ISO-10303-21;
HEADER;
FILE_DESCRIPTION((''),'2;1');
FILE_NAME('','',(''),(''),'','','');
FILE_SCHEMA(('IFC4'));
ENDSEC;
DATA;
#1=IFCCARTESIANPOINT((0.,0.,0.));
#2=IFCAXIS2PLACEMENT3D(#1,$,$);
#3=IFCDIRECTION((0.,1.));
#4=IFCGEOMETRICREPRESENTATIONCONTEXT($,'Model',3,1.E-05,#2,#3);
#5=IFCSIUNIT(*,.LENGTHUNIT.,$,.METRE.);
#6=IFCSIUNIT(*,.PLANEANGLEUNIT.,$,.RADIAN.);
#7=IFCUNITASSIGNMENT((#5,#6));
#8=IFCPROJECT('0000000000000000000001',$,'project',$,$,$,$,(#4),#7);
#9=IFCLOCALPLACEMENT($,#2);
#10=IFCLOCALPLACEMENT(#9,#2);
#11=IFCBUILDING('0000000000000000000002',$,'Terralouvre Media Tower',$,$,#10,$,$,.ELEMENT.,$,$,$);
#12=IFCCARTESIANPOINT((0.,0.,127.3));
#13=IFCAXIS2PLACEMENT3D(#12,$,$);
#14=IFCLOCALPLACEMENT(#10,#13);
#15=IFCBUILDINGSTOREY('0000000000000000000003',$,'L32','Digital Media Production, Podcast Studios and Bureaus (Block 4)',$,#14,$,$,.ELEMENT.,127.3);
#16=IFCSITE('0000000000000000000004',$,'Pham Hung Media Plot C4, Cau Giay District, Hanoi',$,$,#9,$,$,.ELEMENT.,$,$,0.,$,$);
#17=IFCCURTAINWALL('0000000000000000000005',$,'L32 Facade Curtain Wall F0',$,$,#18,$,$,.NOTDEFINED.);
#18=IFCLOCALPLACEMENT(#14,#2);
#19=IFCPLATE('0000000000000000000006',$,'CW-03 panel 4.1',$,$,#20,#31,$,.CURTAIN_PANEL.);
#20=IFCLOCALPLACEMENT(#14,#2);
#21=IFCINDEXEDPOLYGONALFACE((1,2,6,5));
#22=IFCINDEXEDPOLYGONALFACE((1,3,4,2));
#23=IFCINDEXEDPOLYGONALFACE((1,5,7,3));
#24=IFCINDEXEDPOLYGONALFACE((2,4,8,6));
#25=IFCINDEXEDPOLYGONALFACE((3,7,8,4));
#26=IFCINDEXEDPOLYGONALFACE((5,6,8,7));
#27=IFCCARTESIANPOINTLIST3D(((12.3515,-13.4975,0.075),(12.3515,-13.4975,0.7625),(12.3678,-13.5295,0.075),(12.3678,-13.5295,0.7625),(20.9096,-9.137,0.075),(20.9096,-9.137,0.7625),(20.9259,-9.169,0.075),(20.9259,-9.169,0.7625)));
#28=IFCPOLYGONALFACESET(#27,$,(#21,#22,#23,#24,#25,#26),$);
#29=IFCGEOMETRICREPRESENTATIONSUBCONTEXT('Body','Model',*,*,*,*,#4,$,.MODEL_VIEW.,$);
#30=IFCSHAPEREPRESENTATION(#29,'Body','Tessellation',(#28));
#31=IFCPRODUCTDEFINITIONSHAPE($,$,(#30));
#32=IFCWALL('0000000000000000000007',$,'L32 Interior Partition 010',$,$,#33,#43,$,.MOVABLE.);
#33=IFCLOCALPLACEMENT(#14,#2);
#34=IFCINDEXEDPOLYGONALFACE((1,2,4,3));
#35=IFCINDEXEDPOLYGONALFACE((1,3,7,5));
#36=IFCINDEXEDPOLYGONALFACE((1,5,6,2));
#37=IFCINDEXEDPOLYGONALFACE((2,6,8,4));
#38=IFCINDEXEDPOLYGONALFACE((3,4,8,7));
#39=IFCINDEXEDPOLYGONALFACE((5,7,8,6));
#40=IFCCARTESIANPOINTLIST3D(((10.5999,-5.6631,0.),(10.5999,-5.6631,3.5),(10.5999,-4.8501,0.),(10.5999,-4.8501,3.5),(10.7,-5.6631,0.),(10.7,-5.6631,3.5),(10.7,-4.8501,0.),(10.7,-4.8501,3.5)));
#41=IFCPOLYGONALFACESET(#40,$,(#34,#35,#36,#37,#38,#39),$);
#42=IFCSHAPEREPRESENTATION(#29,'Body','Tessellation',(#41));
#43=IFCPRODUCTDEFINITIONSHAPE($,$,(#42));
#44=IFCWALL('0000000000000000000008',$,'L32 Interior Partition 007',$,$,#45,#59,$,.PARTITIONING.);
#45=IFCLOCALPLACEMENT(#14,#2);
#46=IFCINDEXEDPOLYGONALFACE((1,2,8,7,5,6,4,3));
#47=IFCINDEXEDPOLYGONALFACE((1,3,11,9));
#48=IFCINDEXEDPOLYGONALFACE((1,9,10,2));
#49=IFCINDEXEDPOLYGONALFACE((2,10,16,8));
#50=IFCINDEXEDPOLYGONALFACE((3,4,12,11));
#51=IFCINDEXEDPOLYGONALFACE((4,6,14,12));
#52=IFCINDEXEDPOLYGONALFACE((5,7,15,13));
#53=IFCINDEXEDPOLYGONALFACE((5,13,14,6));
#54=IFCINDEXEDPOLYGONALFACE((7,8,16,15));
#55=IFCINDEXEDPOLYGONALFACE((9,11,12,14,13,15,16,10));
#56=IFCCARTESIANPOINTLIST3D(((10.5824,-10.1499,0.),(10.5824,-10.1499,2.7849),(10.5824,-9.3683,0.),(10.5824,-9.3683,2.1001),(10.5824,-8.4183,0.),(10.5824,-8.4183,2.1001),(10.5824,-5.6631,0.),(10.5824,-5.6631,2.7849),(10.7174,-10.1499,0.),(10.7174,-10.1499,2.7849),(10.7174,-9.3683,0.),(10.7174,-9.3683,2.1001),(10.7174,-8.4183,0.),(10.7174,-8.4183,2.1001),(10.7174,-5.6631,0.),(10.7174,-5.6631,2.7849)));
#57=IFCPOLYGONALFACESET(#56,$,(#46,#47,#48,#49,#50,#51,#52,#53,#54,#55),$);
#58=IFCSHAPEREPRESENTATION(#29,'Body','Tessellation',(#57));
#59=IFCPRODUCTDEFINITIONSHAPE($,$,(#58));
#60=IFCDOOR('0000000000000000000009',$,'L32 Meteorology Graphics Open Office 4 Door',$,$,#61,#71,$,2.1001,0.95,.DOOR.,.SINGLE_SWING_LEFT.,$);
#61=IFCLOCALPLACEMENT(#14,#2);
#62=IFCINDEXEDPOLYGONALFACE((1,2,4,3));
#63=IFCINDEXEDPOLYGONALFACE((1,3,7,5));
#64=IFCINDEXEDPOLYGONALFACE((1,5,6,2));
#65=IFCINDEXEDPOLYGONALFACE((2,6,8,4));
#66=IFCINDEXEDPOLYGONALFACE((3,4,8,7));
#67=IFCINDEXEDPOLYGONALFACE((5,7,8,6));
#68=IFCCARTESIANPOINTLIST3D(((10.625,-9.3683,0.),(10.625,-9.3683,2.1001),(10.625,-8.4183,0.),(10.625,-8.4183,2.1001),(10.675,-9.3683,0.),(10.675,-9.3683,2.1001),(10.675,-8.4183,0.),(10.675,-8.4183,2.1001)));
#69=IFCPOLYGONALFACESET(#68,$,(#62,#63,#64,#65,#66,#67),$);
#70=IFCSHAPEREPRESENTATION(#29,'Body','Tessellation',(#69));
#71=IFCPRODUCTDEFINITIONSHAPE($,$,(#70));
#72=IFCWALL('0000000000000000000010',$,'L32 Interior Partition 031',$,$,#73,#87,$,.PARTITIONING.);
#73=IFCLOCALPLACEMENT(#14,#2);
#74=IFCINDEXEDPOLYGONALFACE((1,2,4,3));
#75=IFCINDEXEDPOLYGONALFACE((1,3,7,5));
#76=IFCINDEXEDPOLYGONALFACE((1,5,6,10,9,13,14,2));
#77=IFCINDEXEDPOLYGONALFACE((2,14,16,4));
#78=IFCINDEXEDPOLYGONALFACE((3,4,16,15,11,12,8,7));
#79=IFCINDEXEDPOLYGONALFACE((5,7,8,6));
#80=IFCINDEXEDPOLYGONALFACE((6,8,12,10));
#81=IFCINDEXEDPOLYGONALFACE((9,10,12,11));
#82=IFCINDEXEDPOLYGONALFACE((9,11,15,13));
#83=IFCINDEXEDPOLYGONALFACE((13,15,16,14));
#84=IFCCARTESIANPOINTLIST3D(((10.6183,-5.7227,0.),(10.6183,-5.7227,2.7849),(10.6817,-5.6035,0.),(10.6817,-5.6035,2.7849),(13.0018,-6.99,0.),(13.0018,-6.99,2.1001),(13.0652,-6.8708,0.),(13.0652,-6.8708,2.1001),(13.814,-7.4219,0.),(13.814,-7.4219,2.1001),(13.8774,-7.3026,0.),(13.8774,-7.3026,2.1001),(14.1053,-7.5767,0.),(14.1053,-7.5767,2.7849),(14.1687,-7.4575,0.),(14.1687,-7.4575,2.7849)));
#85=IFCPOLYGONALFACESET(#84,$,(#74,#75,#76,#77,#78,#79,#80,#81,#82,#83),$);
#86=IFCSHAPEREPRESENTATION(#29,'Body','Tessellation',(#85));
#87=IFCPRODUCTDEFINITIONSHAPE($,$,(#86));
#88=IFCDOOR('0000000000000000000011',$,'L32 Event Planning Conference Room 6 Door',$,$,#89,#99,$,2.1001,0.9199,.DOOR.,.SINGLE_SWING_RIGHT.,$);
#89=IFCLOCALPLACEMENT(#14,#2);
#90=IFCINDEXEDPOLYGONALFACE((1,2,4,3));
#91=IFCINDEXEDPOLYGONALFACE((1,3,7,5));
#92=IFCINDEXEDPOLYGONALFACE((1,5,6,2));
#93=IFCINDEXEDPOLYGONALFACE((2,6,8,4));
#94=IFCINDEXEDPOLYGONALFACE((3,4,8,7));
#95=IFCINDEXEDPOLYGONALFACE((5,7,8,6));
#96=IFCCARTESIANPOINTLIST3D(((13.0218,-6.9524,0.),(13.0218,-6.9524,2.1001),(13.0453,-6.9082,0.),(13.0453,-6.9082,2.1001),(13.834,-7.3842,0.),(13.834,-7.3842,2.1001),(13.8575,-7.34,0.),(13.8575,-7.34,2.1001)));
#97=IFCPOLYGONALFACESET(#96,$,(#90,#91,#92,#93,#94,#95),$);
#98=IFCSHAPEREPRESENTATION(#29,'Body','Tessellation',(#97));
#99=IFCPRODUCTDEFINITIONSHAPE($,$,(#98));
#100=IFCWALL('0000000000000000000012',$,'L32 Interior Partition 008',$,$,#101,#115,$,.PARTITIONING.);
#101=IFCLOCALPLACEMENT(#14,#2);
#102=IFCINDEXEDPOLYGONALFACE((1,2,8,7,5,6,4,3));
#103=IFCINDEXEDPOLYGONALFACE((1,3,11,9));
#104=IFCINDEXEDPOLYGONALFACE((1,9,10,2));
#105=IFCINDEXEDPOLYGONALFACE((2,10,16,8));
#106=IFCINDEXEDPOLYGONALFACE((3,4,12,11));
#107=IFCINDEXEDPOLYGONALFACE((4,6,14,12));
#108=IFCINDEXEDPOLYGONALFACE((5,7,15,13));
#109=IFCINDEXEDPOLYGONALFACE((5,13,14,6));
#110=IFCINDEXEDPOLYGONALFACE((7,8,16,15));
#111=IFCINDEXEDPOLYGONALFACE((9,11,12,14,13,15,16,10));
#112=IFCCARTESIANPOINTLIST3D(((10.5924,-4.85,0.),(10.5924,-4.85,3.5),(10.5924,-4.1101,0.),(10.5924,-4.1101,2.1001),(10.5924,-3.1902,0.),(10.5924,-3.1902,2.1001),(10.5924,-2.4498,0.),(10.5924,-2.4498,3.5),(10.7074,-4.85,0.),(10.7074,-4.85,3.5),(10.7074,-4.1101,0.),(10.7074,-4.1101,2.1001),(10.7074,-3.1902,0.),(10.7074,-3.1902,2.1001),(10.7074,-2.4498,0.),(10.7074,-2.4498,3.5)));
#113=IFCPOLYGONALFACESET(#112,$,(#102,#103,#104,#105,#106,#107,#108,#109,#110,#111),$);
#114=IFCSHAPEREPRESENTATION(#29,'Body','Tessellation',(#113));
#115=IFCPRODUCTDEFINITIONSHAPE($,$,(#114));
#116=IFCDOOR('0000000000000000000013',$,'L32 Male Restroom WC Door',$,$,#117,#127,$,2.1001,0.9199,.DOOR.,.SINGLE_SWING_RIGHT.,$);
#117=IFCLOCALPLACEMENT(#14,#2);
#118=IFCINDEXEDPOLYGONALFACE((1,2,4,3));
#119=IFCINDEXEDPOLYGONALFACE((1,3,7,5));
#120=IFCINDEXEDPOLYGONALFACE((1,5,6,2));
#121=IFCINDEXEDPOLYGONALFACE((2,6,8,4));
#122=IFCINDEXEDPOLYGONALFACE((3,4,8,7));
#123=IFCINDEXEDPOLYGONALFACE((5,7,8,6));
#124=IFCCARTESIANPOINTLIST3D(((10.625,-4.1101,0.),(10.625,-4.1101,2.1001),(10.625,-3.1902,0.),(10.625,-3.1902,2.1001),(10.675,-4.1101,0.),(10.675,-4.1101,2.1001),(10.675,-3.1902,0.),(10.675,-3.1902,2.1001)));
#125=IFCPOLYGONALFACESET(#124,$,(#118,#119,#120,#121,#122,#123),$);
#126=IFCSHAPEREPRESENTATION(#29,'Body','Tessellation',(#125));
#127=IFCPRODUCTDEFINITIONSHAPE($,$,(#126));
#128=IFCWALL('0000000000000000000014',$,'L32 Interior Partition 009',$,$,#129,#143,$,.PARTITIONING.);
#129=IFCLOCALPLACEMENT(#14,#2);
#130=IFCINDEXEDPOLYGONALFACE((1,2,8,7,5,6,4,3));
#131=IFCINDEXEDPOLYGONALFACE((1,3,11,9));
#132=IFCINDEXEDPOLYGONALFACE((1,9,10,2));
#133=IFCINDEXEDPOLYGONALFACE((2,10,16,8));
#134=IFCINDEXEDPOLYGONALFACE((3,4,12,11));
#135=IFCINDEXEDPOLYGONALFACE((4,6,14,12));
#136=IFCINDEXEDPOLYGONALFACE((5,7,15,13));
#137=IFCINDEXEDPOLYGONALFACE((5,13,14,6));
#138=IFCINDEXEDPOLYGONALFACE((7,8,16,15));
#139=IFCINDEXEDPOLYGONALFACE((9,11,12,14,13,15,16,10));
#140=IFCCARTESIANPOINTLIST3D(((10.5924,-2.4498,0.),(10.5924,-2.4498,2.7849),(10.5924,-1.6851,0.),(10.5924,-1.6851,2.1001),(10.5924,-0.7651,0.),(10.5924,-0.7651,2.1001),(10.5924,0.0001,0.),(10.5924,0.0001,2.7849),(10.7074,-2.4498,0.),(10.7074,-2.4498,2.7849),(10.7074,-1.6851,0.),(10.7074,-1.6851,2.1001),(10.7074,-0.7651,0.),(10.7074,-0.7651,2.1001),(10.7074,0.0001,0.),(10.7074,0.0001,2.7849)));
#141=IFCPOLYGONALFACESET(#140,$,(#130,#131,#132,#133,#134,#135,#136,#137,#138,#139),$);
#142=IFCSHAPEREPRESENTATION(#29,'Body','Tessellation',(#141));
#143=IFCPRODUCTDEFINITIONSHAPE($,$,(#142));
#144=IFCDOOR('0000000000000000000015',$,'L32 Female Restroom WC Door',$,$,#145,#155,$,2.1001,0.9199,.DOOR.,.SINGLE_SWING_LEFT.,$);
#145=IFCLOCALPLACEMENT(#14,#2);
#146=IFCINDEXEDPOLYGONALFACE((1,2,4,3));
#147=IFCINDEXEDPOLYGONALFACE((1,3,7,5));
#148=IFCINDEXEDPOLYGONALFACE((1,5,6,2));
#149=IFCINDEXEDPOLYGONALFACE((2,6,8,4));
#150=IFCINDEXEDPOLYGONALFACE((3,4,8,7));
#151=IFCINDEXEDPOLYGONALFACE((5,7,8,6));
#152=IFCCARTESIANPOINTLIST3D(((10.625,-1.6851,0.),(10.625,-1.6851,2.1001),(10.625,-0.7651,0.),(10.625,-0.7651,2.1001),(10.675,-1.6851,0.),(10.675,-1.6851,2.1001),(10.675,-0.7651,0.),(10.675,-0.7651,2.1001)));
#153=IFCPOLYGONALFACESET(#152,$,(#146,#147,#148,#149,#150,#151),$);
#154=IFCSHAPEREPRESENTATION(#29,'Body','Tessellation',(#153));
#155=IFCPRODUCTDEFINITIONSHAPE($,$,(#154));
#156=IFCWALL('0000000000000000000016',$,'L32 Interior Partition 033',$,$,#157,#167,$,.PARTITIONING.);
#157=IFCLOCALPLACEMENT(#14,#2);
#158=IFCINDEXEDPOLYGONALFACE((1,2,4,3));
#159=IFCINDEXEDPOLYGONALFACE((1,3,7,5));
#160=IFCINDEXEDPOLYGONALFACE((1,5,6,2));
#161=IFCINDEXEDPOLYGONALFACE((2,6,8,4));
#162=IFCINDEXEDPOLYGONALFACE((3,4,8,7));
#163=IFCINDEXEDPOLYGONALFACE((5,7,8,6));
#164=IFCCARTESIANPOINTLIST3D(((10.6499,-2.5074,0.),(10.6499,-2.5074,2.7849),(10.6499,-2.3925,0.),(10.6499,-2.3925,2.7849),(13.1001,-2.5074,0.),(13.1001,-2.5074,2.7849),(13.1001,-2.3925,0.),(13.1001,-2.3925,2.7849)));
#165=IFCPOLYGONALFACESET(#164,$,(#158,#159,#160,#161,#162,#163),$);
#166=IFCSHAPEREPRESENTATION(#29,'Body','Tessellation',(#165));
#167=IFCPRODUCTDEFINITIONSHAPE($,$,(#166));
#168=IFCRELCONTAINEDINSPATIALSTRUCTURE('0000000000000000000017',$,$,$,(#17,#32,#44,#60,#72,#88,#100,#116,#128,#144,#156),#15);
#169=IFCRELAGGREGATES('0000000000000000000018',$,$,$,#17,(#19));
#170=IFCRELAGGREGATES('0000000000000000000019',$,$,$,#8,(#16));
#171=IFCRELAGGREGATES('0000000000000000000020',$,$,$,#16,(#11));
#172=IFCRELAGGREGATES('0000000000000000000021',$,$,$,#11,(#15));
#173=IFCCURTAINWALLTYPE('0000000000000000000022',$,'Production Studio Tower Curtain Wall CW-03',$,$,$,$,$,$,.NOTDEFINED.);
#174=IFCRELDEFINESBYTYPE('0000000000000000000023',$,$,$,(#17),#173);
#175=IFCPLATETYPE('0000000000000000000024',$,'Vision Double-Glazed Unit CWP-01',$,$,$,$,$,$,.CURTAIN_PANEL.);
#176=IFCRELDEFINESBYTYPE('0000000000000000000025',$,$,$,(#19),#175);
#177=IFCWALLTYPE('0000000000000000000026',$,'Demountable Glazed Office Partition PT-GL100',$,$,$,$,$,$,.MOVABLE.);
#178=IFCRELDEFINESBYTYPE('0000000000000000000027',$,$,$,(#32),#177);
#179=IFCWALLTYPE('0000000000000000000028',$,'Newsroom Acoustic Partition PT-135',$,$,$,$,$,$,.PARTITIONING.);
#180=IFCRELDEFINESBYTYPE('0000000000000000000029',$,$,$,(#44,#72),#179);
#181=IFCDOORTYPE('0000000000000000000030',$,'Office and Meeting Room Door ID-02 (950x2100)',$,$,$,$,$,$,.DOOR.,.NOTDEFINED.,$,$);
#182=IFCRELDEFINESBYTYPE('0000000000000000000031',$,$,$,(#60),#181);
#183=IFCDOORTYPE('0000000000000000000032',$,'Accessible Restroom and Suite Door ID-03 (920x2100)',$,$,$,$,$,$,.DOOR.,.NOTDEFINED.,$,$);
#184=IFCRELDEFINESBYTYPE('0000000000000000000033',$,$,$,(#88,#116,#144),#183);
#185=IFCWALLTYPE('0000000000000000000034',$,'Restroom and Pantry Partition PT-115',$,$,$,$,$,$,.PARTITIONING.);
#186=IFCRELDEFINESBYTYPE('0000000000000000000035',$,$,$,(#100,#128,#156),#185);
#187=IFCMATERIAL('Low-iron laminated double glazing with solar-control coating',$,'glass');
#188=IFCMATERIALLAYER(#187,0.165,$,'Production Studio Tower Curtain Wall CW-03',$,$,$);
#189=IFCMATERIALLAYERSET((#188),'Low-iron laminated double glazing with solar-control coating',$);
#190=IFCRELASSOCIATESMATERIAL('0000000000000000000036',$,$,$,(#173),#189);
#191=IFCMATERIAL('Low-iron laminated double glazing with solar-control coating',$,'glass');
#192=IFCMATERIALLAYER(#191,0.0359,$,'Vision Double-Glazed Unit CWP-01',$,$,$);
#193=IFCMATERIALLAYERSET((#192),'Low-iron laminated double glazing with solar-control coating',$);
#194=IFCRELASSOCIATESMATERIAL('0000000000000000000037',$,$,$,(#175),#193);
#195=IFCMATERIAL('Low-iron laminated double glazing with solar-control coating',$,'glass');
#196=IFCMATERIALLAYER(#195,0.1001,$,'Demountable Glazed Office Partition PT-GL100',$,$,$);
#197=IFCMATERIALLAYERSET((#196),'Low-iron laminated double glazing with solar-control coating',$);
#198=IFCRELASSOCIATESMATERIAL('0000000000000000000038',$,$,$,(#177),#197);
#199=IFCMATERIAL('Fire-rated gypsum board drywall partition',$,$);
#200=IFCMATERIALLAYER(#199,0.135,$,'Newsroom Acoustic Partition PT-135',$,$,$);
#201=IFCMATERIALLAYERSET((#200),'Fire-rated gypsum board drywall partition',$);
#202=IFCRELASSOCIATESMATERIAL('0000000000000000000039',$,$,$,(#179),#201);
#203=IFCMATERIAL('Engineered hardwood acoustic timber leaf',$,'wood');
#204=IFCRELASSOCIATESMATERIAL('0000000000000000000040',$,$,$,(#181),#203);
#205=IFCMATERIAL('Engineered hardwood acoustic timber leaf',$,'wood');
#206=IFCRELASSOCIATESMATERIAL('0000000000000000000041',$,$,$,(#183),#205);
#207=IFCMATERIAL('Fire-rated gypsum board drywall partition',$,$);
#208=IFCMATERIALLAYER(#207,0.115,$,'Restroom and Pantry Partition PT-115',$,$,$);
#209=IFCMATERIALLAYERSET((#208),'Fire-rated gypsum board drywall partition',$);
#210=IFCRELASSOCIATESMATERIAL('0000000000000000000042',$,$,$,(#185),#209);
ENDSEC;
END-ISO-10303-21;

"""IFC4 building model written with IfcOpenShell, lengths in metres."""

from ifc_helpers import new_model, si_unit, direction, frame, frame_2d, origin, origin_2d, place, context, subcontext, project, spatial, rectangle, extrude, material, layer, layer_set, type_object, element, fill, aggregate, save


model = new_model("IFC4")

# Units and contexts
model_context = context("Model", 3, precision=1e-05, world=origin(), true_north=direction((0.0, 1.0)))
body_context = subcontext(model_context, "Body", "Model", "MODEL_VIEW")
ifc_project = project(units=[si_unit("LENGTHUNIT", "METRE"), si_unit("PLANEANGLEUNIT", "RADIAN")], contexts=[model_context])

# Site, building, storey
site_placement = place(None, origin())
site = spatial("IfcSite", under=ifc_project, at=site_placement, Name="Pham Hung Media Plot C4, Cau Giay District, Hanoi", CompositionType="ELEMENT", RefElevation=0.0)
building_placement = place(site_placement, origin())
building = spatial("IfcBuilding", under=site, at=building_placement, Name="Terralouvre Media Tower", CompositionType="ELEMENT")
storey_placement = place(building_placement, frame((0.0, 0.0, 127.3)))
storey = spatial("IfcBuildingStorey", under=building, at=storey_placement, Name="L32", Description="Digital Media Production, Podcast Studios and Bureaus (Block 4)", CompositionType="ELEMENT", Elevation=127.3)

# Curtain wall
ifc_material_1 = material(Name="Low-iron laminated double glazing with solar-control coating", Category="glass")
ifc_layer_1 = layer(ifc_material_1, 0.165, Name="Production Studio Tower Curtain Wall CW-03")
ifc_layer_set_1 = layer_set([ifc_layer_1], Name="Low-iron laminated double glazing with solar-control coating")
curtain_wall_type = type_object("IfcCurtainWallType", Name="Production Studio Tower Curtain Wall CW-03", PredefinedType="NOTDEFINED", material=ifc_layer_set_1)
curtain_wall_placement = place(storey_placement, origin())
curtain_wall = element("IfcCurtainWall", 1, at=curtain_wall_placement, inside=storey, type_object=curtain_wall_type, Name="L32 Facade Curtain Wall F0", PredefinedType="NOTDEFINED")

# Plate
ifc_material_2 = material(Name="Low-iron laminated double glazing with solar-control coating", Category="glass")
ifc_layer_2 = layer(ifc_material_2, 0.0359, Name="Vision Double-Glazed Unit CWP-01")
ifc_layer_set_2 = layer_set([ifc_layer_2], Name="Low-iron laminated double glazing with solar-control coating")
plate_type = type_object("IfcPlateType", Name="Vision Double-Glazed Unit CWP-01", PredefinedType="CURTAIN_PANEL", material=ifc_layer_set_2)
plate_placement = place(storey_placement, frame((16.6387, -11.3333, 0.075), z_axis=(0.0, 0.0, 1.0), x_axis=(0.891007, 0.453991, 0.0)))
plate = element("IfcPlate", 2, at=plate_placement, type_object=plate_type, Name="CW-03 panel 4.1", PredefinedType="CURTAIN_PANEL", context=body_context, shape_type="SweptSolid", body=[
    extrude(rectangle(XDim=9.605, YDim=0.0359, at=origin_2d()), origin(), (0.0, 0.0, 1.0), 0.6875),
])
aggregate(curtain_wall, [plate])

# Wall
ifc_material_3 = material(Name="Low-iron laminated double glazing with solar-control coating", Category="glass")
ifc_layer_3 = layer(ifc_material_3, 0.1001, Name="Demountable Glazed Office Partition PT-GL100")
ifc_layer_set_3 = layer_set([ifc_layer_3], Name="Low-iron laminated double glazing with solar-control coating")
wall_type_1 = type_object("IfcWallType", Name="Demountable Glazed Office Partition PT-GL100", PredefinedType="MOVABLE", material=ifc_layer_set_3)
wall_1_placement = place(storey_placement, frame((10.6499, -5.6631, 0.0), z_axis=(0.0, 0.0, 1.0), x_axis=(0.0, 1.0, 0.0)))
element("IfcWall", 3, at=wall_1_placement, inside=storey, type_object=wall_type_1, Name="L32 Interior Partition 010", PredefinedType="MOVABLE", context=body_context, shape_type="SweptSolid", body=[
    extrude(rectangle(XDim=0.813, YDim=0.1001, at=frame_2d((0.4065, 0.0))), origin(), (0.0, 0.0, 1.0), 3.5),
])

# Walls, openings, doors
ifc_material_4 = material(Name="Fire-rated gypsum board drywall partition")
ifc_layer_4 = layer(ifc_material_4, 0.135, Name="Newsroom Acoustic Partition PT-135")
ifc_layer_set_4 = layer_set([ifc_layer_4], Name="Fire-rated gypsum board drywall partition")
wall_type_2 = type_object("IfcWallType", Name="Newsroom Acoustic Partition PT-135", PredefinedType="PARTITIONING", material=ifc_layer_set_4)
wall_2_placement = place(storey_placement, frame((10.6499, -10.1499, 0.0), z_axis=(0.0, 0.0, 1.0), x_axis=(0.0, 1.0, 0.0)))
wall_2 = element("IfcWall", 4, at=wall_2_placement, inside=storey, type_object=wall_type_2, Name="L32 Interior Partition 007", PredefinedType="PARTITIONING", context=body_context, shape_type="SweptSolid", body=[
    extrude(rectangle(XDim=4.4868, YDim=0.135, at=frame_2d((2.2434, 0.0))), origin(), (0.0, 0.0, 1.0), 2.7849),
])
opening_1_placement = place(wall_2_placement, frame((0.7815, 0.0, 0.0)))
opening_1 = element("IfcOpeningElement", 5, at=opening_1_placement, cuts=wall_2, PredefinedType="OPENING", context=body_context, shape_type="SweptSolid", body=[
    extrude(rectangle(XDim=0.95, YDim=2.1001, at=frame_2d((0.4751, 1.05))), frame((0.0, 0.0774, 0.0), z_axis=(0.0, -1.0, 0.0), x_axis=(1.0, 0.0, 0.0)), (0.0, 0.0, 1.0), 0.155),
])
ifc_material_5 = material(Name="Engineered hardwood acoustic timber leaf", Category="wood")
door_type_1 = type_object("IfcDoorType", Name="Office and Meeting Room Door ID-02 (950x2100)", OperationType="NOTDEFINED", PredefinedType="DOOR", material=ifc_material_5)
door_1_placement = place(opening_1_placement, origin())
door_1 = element("IfcDoor", 6, at=door_1_placement, inside=storey, type_object=door_type_1, Name="L32 Meteorology Graphics Open Office 4 Door", OperationType="SINGLE_SWING_LEFT", OverallHeight=2.1001, OverallWidth=0.95, PredefinedType="DOOR", context=body_context, shape_type="SweptSolid", body=[
    extrude(rectangle(XDim=0.95, YDim=2.1001, at=frame_2d((0.4751, 1.05))), frame((0.0, 0.0249, 0.0), z_axis=(0.0, -1.0, 0.0), x_axis=(1.0, 0.0, 0.0)), (0.0, 0.0, 1.0), 0.05),
])
fill(opening_1, door_1)
wall_3_placement = place(storey_placement, frame((14.137, -7.5171, 0.0), z_axis=(0.0, 0.0, 1.0), x_axis=(-0.882958, 0.469452, 0.0)))
wall_3 = element("IfcWall", 7, at=wall_3_placement, inside=storey, type_object=wall_type_2, Name="L32 Interior Partition 031", PredefinedType="PARTITIONING", context=body_context, shape_type="SweptSolid", body=[
    extrude(rectangle(XDim=3.9492, YDim=0.135, at=frame_2d((1.9746, 0.0))), origin(), (0.0, 0.0, 1.0), 2.7849),
])
opening_2_placement = place(wall_3_placement, frame((0.3298, 0.0, 0.0)))
opening_2 = element("IfcOpeningElement", 8, at=opening_2_placement, cuts=wall_3, PredefinedType="OPENING", context=body_context, shape_type="SweptSolid", body=[
    extrude(rectangle(XDim=0.9199, YDim=2.1001, at=frame_2d((0.46, 1.05))), frame((0.0, 0.0774, 0.0), z_axis=(0.0, -1.0, 0.0), x_axis=(1.0, 0.0, 0.0)), (0.0, 0.0, 1.0), 0.155),
])
ifc_material_6 = material(Name="Engineered hardwood acoustic timber leaf", Category="wood")
door_type_2 = type_object("IfcDoorType", Name="Accessible Restroom and Suite Door ID-03 (920x2100)", OperationType="NOTDEFINED", PredefinedType="DOOR", material=ifc_material_6)
door_2_placement = place(opening_2_placement, origin())
door_2 = element("IfcDoor", 9, at=door_2_placement, inside=storey, type_object=door_type_2, Name="L32 Event Planning Conference Room 6 Door", OperationType="SINGLE_SWING_RIGHT", OverallHeight=2.1001, OverallWidth=0.9199, PredefinedType="DOOR", context=body_context, shape_type="SweptSolid", body=[
    extrude(rectangle(XDim=0.9199, YDim=2.1001, at=frame_2d((0.46, 1.05))), frame((0.0, 0.0249, 0.0), z_axis=(0.0, -1.0, 0.0), x_axis=(1.0, 0.0, 0.0)), (0.0, 0.0, 1.0), 0.05),
])
fill(opening_2, door_2)
ifc_material_7 = material(Name="Fire-rated gypsum board drywall partition")
ifc_layer_5 = layer(ifc_material_7, 0.115, Name="Restroom and Pantry Partition PT-115")
ifc_layer_set_5 = layer_set([ifc_layer_5], Name="Fire-rated gypsum board drywall partition")
wall_type_3 = type_object("IfcWallType", Name="Restroom and Pantry Partition PT-115", PredefinedType="PARTITIONING", material=ifc_layer_set_5)
wall_4_placement = place(storey_placement, frame((10.6499, -4.8501, 0.0), z_axis=(0.0, 0.0, 1.0), x_axis=(0.0, 1.0, 0.0)))
wall_4 = element("IfcWall", 10, at=wall_4_placement, inside=storey, type_object=wall_type_3, Name="L32 Interior Partition 008", PredefinedType="PARTITIONING", context=body_context, shape_type="SweptSolid", body=[
    extrude(rectangle(XDim=2.4001, YDim=0.115, at=frame_2d((1.2002, 0.0))), origin(), (0.0, 0.0, 1.0), 3.5),
])
opening_3_placement = place(wall_4_placement, frame((0.74, 0.0, 0.0)))
opening_3 = element("IfcOpeningElement", 11, at=opening_3_placement, cuts=wall_4, PredefinedType="OPENING", context=body_context, shape_type="SweptSolid", body=[
    extrude(rectangle(XDim=0.9199, YDim=2.1001, at=frame_2d((0.46, 1.05))), frame((0.0, 0.0674, 0.0), z_axis=(0.0, -1.0, 0.0), x_axis=(1.0, 0.0, 0.0)), (0.0, 0.0, 1.0), 0.135),
])
door_3_placement = place(opening_3_placement, origin())
door_3 = element("IfcDoor", 12, at=door_3_placement, inside=storey, type_object=door_type_2, Name="L32 Male Restroom WC Door", OperationType="SINGLE_SWING_RIGHT", OverallHeight=2.1001, OverallWidth=0.9199, PredefinedType="DOOR", context=body_context, shape_type="SweptSolid", body=[
    extrude(rectangle(XDim=0.9199, YDim=2.1001, at=frame_2d((0.46, 1.05))), frame((0.0, 0.0249, 0.0), z_axis=(0.0, -1.0, 0.0), x_axis=(1.0, 0.0, 0.0)), (0.0, 0.0, 1.0), 0.05),
])
fill(opening_3, door_3)
wall_5_placement = place(storey_placement, frame((10.6499, -2.45, 0.0), z_axis=(0.0, 0.0, 1.0), x_axis=(0.0, 1.0, 0.0)))
wall_5 = element("IfcWall", 13, at=wall_5_placement, inside=storey, type_object=wall_type_3, Name="L32 Interior Partition 009", PredefinedType="PARTITIONING", context=body_context, shape_type="SweptSolid", body=[
    extrude(rectangle(XDim=2.45, YDim=0.115, at=frame_2d((1.2251, 0.0))), origin(), (0.0, 0.0, 1.0), 2.7849),
])
opening_4_placement = place(wall_5_placement, frame((0.7649, 0.0, 0.0)))
opening_4 = element("IfcOpeningElement", 14, at=opening_4_placement, cuts=wall_5, PredefinedType="OPENING", context=body_context, shape_type="SweptSolid", body=[
    extrude(rectangle(XDim=0.9199, YDim=2.1001, at=frame_2d((0.46, 1.05))), frame((0.0, 0.0674, 0.0), z_axis=(0.0, -1.0, 0.0), x_axis=(1.0, 0.0, 0.0)), (0.0, 0.0, 1.0), 0.135),
])
door_4_placement = place(opening_4_placement, origin())
door_4 = element("IfcDoor", 15, at=door_4_placement, inside=storey, type_object=door_type_2, Name="L32 Female Restroom WC Door", OperationType="SINGLE_SWING_LEFT", OverallHeight=2.1001, OverallWidth=0.9199, PredefinedType="DOOR", context=body_context, shape_type="SweptSolid", body=[
    extrude(rectangle(XDim=0.9199, YDim=2.1001, at=frame_2d((0.46, 1.05))), frame((0.0, 0.0249, 0.0), z_axis=(0.0, -1.0, 0.0), x_axis=(1.0, 0.0, 0.0)), (0.0, 0.0, 1.0), 0.05),
])
fill(opening_4, door_4)

# Wall
for number, where, z_axis, x_axis, name in (
    (16, (13.1001, -2.45, 0.0), (0.0, 0.0, 1.0), (-1.0, 0.0, 0.0), "L32 Interior Partition 033"),
):
    element("IfcWall", number, at=place(storey_placement, frame(where, z_axis=z_axis, x_axis=x_axis)), inside=storey, type_object=wall_type_3, Name=name, PredefinedType="PARTITIONING", context=body_context, shape_type="SweptSolid", body=[
        extrude(rectangle(XDim=2.4502, YDim=0.115, at=frame_2d((1.2251, 0.0))), origin(), (0.0, 0.0, 1.0), 2.7849),
    ])

save(model, "model.ifc")
